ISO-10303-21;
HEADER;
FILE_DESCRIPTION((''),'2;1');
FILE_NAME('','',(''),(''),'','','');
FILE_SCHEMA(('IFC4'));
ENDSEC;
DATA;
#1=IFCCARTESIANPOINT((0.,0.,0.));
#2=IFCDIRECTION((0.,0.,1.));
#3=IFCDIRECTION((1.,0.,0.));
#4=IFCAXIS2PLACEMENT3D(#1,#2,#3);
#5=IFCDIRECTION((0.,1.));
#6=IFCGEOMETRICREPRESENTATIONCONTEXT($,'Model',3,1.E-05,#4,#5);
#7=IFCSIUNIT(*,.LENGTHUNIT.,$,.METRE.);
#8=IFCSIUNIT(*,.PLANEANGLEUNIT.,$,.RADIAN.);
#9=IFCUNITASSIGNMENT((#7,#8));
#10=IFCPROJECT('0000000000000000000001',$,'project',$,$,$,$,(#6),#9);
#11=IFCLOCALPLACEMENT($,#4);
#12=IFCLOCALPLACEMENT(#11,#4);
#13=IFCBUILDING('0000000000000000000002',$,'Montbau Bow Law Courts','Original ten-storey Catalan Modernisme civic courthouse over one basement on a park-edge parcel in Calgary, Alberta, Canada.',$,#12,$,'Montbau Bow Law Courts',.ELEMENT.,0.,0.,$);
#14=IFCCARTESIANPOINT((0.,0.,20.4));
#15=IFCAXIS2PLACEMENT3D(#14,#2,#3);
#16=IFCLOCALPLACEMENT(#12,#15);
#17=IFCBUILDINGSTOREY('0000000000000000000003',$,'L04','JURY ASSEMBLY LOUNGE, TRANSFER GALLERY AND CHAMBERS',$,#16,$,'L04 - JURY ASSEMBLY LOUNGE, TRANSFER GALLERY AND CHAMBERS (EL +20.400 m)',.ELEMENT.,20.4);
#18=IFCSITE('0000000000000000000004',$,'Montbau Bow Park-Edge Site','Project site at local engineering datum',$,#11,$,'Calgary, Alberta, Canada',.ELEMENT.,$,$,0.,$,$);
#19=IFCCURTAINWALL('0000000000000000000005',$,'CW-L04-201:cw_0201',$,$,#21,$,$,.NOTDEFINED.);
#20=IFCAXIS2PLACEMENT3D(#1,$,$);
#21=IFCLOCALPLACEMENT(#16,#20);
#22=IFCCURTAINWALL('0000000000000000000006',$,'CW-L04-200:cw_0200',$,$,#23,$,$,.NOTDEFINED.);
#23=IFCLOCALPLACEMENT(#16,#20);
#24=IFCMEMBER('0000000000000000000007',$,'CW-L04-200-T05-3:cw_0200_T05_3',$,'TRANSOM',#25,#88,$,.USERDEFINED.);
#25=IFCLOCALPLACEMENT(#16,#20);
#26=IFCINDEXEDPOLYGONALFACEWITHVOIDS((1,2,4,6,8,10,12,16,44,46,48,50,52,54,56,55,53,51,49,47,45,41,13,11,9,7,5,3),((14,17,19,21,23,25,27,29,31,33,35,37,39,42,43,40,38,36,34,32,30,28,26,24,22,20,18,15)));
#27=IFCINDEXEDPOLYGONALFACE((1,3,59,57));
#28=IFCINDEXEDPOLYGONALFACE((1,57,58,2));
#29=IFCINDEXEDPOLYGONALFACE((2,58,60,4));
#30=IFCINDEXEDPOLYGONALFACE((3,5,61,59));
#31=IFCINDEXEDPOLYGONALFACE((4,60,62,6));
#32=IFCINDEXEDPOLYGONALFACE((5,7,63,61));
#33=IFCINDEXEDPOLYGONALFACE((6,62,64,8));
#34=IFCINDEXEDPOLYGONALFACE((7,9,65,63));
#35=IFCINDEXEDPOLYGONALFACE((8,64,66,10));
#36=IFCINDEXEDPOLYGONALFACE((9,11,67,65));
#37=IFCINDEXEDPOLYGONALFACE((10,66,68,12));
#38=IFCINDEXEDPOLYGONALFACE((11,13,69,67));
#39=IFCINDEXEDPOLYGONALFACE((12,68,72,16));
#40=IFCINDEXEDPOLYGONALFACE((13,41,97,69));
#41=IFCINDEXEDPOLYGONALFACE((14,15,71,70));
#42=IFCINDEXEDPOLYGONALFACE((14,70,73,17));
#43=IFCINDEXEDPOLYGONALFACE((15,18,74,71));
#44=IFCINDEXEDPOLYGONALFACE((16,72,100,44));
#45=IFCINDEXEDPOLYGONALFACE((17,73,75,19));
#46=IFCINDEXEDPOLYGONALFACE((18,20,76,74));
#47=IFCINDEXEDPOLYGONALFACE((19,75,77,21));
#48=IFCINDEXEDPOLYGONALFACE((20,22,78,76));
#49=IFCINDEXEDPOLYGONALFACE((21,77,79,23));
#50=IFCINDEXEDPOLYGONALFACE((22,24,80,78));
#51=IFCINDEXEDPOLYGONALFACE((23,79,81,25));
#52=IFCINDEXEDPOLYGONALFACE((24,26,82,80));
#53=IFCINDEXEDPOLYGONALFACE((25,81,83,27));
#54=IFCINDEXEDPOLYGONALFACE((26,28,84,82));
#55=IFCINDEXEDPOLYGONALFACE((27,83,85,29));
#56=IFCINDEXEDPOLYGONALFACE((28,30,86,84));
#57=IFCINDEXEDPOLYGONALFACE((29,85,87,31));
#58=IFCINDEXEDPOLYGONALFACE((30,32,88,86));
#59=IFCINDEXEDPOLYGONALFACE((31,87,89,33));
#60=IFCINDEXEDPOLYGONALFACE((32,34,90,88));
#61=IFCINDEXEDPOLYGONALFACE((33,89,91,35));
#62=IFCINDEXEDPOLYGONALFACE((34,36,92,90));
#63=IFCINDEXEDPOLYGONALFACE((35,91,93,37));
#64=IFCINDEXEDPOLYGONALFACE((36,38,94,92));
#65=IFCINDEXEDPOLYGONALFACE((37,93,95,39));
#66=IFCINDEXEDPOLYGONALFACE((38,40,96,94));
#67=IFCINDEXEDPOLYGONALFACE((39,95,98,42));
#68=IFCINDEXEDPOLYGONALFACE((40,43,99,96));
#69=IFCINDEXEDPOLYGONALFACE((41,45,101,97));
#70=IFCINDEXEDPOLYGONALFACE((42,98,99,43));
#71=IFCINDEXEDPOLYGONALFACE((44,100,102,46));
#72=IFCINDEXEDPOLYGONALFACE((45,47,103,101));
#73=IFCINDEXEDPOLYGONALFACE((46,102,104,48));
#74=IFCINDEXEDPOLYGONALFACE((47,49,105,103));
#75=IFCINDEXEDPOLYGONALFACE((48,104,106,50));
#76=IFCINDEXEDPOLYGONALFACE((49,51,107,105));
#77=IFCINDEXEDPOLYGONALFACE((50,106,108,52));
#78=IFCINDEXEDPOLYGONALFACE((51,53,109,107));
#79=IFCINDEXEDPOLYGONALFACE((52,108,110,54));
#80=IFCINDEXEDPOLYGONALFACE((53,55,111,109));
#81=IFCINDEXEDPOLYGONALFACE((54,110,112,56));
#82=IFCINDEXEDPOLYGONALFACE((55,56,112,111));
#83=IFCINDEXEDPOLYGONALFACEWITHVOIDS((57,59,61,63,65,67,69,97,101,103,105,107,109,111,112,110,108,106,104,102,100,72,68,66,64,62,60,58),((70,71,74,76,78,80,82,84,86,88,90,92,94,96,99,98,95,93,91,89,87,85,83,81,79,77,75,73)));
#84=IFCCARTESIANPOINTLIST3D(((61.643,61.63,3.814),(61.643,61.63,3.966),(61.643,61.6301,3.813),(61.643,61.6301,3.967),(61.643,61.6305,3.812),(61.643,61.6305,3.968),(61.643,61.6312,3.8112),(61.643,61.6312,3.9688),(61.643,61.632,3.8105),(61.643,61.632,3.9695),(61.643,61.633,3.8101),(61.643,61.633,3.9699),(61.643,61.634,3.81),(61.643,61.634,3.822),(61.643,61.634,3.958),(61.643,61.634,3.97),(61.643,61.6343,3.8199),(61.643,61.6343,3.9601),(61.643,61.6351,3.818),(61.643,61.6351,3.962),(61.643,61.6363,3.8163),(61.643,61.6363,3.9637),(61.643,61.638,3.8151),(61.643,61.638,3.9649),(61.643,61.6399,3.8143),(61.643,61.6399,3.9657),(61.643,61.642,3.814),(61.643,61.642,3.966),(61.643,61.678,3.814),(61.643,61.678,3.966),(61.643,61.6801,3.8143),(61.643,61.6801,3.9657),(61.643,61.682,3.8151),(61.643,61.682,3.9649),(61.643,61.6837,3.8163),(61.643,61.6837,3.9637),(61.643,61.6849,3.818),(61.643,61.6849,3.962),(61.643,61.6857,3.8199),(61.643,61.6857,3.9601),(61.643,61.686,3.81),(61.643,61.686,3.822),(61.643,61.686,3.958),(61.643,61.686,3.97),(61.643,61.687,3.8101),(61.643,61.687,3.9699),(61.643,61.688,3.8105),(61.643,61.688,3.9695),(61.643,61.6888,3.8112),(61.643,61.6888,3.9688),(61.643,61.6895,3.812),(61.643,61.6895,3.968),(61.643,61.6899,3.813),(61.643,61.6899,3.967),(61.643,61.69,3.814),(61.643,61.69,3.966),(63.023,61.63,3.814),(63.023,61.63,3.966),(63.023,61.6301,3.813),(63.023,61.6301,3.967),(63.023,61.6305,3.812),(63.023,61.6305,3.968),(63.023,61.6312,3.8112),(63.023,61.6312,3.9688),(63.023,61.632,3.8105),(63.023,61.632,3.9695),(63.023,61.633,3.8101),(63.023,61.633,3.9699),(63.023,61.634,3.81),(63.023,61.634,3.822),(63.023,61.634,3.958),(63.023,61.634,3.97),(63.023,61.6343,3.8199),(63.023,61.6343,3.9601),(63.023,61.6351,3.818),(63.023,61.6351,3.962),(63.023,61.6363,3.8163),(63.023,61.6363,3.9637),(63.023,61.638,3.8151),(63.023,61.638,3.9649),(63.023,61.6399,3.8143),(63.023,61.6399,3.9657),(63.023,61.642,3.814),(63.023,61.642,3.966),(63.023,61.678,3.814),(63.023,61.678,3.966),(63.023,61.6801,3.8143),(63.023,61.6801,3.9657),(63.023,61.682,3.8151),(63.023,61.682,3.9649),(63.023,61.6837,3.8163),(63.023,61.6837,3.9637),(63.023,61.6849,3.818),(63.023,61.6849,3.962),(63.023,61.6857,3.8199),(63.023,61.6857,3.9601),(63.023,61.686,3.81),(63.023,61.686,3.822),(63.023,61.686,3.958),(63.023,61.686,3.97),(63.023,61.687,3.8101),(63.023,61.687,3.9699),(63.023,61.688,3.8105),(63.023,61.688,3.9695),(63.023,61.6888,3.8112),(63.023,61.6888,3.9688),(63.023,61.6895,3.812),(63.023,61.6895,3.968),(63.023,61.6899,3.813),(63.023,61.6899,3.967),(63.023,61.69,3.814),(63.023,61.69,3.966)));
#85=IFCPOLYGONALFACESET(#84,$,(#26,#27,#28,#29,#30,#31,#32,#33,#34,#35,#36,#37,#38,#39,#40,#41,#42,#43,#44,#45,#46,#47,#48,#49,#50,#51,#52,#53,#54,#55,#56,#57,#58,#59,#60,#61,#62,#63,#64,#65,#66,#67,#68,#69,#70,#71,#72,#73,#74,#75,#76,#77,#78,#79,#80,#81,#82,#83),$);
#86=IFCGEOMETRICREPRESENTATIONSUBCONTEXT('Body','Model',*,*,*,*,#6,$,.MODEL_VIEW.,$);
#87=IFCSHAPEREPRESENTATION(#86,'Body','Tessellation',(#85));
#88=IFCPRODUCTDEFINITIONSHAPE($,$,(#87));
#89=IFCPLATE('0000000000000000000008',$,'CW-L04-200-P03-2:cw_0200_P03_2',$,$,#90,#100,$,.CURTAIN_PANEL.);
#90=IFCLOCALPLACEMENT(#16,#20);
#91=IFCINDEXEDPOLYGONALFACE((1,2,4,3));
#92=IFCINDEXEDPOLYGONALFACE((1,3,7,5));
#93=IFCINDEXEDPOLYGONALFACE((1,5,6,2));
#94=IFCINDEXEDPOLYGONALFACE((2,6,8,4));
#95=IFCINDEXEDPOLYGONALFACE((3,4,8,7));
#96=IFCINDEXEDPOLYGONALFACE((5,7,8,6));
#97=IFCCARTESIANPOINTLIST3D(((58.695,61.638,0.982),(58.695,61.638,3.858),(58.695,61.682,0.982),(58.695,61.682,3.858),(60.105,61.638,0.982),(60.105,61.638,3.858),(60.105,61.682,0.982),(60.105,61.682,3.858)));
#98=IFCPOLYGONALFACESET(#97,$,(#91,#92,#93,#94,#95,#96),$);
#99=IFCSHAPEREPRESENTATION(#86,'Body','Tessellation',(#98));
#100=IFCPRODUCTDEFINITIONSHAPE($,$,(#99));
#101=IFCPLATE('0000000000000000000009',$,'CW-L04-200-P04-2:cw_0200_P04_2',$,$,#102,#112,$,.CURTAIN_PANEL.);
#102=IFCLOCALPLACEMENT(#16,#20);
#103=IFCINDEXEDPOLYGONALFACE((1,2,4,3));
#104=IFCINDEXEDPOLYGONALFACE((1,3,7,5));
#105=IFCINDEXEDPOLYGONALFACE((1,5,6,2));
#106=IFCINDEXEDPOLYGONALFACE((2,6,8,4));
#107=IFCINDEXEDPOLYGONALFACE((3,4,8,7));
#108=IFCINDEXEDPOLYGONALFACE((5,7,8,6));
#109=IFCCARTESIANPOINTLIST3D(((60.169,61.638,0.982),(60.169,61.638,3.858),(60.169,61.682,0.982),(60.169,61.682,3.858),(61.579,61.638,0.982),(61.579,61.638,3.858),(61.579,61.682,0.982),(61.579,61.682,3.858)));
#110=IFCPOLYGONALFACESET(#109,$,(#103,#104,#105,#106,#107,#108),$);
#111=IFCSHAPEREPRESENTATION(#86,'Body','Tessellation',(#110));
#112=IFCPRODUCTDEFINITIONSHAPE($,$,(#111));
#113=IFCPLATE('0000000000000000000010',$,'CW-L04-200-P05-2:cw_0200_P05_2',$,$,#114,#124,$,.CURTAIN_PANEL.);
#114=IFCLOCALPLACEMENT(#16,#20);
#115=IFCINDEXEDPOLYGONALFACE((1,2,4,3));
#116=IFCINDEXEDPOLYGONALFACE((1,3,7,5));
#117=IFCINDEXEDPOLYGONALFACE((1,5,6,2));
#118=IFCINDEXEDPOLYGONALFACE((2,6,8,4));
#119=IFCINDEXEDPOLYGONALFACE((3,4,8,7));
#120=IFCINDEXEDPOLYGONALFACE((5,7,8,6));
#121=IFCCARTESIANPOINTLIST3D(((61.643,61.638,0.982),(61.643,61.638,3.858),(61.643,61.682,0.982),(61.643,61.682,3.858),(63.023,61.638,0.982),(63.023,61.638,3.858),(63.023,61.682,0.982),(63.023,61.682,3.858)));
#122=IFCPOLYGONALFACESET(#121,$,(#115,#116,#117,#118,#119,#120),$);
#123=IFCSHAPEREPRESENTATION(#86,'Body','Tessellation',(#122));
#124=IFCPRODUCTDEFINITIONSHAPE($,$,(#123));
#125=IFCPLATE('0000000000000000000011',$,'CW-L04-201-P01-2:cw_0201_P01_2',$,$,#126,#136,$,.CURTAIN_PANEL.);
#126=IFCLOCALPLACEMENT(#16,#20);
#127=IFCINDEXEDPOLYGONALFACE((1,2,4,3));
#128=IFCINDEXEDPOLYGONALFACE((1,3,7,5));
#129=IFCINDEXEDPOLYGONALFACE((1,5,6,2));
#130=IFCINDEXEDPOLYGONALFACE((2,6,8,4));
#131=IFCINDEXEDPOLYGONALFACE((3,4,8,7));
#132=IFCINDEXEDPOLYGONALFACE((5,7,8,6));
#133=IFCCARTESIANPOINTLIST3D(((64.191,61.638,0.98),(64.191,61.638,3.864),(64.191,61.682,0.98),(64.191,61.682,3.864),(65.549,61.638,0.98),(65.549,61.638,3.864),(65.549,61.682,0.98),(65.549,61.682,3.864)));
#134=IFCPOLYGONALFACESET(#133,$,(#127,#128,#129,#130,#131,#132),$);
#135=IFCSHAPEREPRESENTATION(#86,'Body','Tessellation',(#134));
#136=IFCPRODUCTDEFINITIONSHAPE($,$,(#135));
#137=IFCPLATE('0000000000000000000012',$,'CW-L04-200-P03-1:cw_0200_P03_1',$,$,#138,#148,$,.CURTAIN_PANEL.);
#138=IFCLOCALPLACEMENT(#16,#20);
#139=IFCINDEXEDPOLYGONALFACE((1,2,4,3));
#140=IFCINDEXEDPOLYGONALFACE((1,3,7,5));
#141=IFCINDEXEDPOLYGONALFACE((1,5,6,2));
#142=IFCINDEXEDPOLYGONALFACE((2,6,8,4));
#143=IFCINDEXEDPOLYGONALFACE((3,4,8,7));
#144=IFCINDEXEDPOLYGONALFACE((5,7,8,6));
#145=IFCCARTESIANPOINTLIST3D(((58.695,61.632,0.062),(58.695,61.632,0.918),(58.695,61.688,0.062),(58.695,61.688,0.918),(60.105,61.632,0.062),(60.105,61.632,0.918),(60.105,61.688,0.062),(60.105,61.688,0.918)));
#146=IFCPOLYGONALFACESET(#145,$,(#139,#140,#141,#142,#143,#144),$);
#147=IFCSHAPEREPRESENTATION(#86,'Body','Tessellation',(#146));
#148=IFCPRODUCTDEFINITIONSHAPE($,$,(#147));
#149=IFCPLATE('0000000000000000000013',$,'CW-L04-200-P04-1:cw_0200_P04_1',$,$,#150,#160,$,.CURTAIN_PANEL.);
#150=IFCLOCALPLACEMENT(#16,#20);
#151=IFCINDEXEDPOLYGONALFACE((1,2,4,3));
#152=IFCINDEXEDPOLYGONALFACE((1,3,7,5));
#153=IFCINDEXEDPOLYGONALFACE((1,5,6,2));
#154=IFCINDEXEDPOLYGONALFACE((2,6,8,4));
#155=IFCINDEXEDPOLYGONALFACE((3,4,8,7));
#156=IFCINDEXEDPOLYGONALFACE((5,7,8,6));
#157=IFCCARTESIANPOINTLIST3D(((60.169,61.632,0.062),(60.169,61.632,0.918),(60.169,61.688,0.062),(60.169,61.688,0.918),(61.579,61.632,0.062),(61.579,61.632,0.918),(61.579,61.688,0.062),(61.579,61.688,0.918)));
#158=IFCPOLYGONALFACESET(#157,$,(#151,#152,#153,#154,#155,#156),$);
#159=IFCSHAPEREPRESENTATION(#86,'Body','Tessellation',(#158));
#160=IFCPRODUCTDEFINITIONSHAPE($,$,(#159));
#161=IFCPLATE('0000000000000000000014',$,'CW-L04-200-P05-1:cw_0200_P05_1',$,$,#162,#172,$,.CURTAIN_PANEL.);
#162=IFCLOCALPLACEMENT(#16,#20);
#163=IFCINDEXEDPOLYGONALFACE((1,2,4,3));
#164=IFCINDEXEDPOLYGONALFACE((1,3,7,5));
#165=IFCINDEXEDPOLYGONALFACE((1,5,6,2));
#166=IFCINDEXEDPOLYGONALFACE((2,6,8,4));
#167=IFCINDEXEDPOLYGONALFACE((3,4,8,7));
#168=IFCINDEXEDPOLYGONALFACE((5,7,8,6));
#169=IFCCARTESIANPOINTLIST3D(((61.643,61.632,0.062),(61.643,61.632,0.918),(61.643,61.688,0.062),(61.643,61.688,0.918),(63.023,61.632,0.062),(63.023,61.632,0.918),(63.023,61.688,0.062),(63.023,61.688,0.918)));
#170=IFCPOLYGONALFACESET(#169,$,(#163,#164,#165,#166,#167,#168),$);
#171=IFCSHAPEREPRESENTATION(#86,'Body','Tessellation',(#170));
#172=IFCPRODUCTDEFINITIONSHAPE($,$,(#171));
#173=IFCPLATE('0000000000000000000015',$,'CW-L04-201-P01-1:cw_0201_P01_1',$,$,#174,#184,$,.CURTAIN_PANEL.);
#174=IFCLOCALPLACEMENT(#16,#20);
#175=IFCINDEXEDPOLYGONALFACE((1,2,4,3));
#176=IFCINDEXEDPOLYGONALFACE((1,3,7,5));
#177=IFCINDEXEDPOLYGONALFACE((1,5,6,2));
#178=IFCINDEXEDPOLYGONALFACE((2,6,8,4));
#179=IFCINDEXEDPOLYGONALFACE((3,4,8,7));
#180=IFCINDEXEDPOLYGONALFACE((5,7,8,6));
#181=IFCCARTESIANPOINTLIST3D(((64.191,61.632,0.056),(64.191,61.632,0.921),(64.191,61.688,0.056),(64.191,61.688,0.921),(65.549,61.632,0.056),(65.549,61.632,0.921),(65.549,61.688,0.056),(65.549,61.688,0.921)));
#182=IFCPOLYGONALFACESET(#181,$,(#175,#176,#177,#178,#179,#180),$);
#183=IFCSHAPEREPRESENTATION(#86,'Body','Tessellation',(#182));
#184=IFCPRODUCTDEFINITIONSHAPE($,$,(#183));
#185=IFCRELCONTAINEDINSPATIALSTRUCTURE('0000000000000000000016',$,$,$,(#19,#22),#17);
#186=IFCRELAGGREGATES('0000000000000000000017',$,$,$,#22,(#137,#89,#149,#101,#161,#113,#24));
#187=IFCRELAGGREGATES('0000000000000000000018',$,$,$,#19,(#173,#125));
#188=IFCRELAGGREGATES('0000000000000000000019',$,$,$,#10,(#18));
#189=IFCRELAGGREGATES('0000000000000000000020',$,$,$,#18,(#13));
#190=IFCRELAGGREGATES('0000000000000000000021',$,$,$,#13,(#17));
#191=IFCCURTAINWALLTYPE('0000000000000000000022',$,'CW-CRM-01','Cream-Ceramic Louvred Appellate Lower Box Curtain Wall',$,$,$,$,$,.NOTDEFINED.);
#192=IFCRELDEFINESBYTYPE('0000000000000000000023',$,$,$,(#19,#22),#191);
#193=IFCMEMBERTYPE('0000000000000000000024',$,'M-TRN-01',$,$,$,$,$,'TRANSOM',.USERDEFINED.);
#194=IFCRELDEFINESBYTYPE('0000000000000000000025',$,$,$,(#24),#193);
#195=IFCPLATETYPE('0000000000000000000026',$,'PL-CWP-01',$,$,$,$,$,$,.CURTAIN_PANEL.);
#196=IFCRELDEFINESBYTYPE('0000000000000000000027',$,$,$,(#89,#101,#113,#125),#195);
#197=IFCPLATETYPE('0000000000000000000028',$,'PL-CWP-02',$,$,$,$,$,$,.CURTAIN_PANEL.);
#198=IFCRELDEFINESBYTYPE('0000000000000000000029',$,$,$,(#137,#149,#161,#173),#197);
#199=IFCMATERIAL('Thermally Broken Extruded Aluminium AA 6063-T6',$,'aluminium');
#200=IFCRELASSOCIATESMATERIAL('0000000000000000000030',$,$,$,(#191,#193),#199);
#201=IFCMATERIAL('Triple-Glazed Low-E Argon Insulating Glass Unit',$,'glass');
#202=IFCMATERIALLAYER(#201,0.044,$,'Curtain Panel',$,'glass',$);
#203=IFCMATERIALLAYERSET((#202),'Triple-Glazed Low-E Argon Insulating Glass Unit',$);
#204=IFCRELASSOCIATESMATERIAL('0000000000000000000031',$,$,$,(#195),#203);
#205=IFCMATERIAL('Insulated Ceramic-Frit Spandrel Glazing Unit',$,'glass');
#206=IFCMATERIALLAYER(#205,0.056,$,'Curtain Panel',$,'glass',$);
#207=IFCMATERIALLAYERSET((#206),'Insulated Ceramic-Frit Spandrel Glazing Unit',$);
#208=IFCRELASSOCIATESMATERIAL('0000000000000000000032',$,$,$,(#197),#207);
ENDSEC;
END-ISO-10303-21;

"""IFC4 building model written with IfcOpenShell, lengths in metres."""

from ifc_helpers import new_model, si_unit, direction, frame, frame_2d, origin_with_axes, origin_2d_with_axis, place, context, subcontext, project, spatial, rectangle, hollow_rectangle, extrude, material, layer, layer_set, material_profile, profile_set, type_object, element, aggregate, save


model = new_model("IFC4")

# Units and contexts
model_context = context("Model", 3, precision=1e-05, world=origin_with_axes(), true_north=direction((0.0, 1.0)))
body_context = subcontext(model_context, "Body", "Model", "MODEL_VIEW")
ifc_project = project(units=[si_unit("LENGTHUNIT", "METRE"), si_unit("PLANEANGLEUNIT", "RADIAN")], contexts=[model_context])

# Site, building, storey
site_placement = place(None, origin_with_axes())
site = spatial("IfcSite", under=ifc_project, at=site_placement, Name="Montbau Bow Park-Edge Site", Description="Project site at local engineering datum", LongName="Calgary, Alberta, Canada", CompositionType="ELEMENT", RefElevation=0.0)
building_placement = place(site_placement, origin_with_axes())
building = spatial("IfcBuilding", under=site, at=building_placement, Name="Montbau Bow Law Courts", Description="Original ten-storey Catalan Modernisme civic courthouse over one basement on a park-edge parcel in Calgary, Alberta, Canada.", LongName="Montbau Bow Law Courts", CompositionType="ELEMENT", ElevationOfRefHeight=0.0, ElevationOfTerrain=0.0)
storey_placement = place(building_placement, frame((0.0, 0.0, 20.4), z_axis=(0.0, 0.0, 1.0), x_axis=(1.0, 0.0, 0.0)))
storey = spatial("IfcBuildingStorey", under=building, at=storey_placement, Name="L04", Description="JURY ASSEMBLY LOUNGE, TRANSFER GALLERY AND CHAMBERS", LongName="L04 - JURY ASSEMBLY LOUNGE, TRANSFER GALLERY AND CHAMBERS (EL +20.400 m)", CompositionType="ELEMENT", Elevation=20.4)

# Curtain wall
ifc_material_1 = material(Name="Thermally Broken Extruded Aluminium AA 6063-T6", Category="aluminium")
curtain_wall_type = type_object("IfcCurtainWallType", Name="CW-CRM-01", Description="Cream-Ceramic Louvred Appellate Lower Box Curtain Wall", PredefinedType="NOTDEFINED", material=ifc_material_1)
curtain_wall_1_placement = place(None, frame((64.115, 61.66, 20.4), z_axis=(0.0, 0.0, 1.0), x_axis=(1.0, 0.0, 0.0)))
curtain_wall_1 = element("IfcCurtainWall", 1, at=curtain_wall_1_placement, inside=storey, type_object=curtain_wall_type, Name="CW-L04-201:cw_0201", PredefinedType="NOTDEFINED")

# Curtain wall, member, plates
curtain_wall_2_placement = place(None, frame((55.715, 61.66, 20.4), z_axis=(0.0, 0.0, 1.0), x_axis=(1.0, 0.0, 0.0)))
curtain_wall_2 = element("IfcCurtainWall", 2, at=curtain_wall_2_placement, inside=storey, type_object=curtain_wall_type, Name="CW-L04-200:cw_0200", PredefinedType="NOTDEFINED")
ifc_material_profile_1 = material_profile(ifc_material_1, hollow_rectangle(XDim=0.06, YDim=0.16, WallThickness=0.004, InnerFilletRadius=0.008, OuterFilletRadius=0.004, at=origin_2d_with_axis()), Name="CWT-160X60", Category="Main", Priority=0)
ifc_profile_set_1 = profile_set([ifc_material_profile_1], Name="Thermally Broken Extruded Aluminium AA 6063-T6")
member_type_1 = type_object("IfcMemberType", Name="M-TRN-01", ElementType="TRANSOM", PredefinedType="USERDEFINED", material=ifc_profile_set_1)
member_1_placement = place(None, frame((61.643, 61.66, 24.29), z_axis=(1.0, 0.0, 0.0), x_axis=(0.0, 1.0, 0.0)))
member_1 = element("IfcMember", 3, at=member_1_placement, type_object=member_type_1, Name="CW-L04-200-T05-3:cw_0200_T05_3", ObjectType="TRANSOM", PredefinedType="USERDEFINED", context=body_context, shape_type="SweptSolid", body=[
    extrude(hollow_rectangle(XDim=0.06, YDim=0.16, WallThickness=0.004, InnerFilletRadius=0.008, OuterFilletRadius=0.004, at=origin_2d_with_axis()), origin_with_axes(), (0.0, 0.0, 1.0), 1.38),
])
ifc_material_2 = material(Name="Triple-Glazed Low-E Argon Insulating Glass Unit", Category="glass")
ifc_layer_1 = layer(ifc_material_2, 0.044, Name="Curtain Panel", Category="glass")
ifc_layer_set_1 = layer_set([ifc_layer_1], Name="Triple-Glazed Low-E Argon Insulating Glass Unit")
plate_type_1 = type_object("IfcPlateType", Name="PL-CWP-01", PredefinedType="CURTAIN_PANEL", material=ifc_layer_set_1)
plate_1_placement = place(None, frame((58.695, 61.66, 21.382), z_axis=(0.0, -1.0, 0.0), x_axis=(1.0, 0.0, 0.0)))
plate_1 = element("IfcPlate", 4, at=plate_1_placement, type_object=plate_type_1, Name="CW-L04-200-P03-2:cw_0200_P03_2", PredefinedType="CURTAIN_PANEL", context=body_context, shape_type="SweptSolid", body=[
    extrude(rectangle(XDim=1.41, YDim=2.876, at=frame_2d((0.705, 1.438), x_axis=(1.0, 0.0))), frame((0.0, 0.0, -0.022), z_axis=(0.0, 0.0, 1.0), x_axis=(1.0, 0.0, 0.0)), (0.0, 0.0, 1.0), 0.044),
])
plate_2_placement = place(None, frame((60.169, 61.66, 21.382), z_axis=(0.0, -1.0, 0.0), x_axis=(1.0, 0.0, 0.0)))
plate_2 = element("IfcPlate", 5, at=plate_2_placement, type_object=plate_type_1, Name="CW-L04-200-P04-2:cw_0200_P04_2", PredefinedType="CURTAIN_PANEL", context=body_context, shape_type="SweptSolid", body=[
    extrude(rectangle(XDim=1.41, YDim=2.876, at=frame_2d((0.705, 1.438), x_axis=(1.0, 0.0))), frame((0.0, 0.0, -0.022), z_axis=(0.0, 0.0, 1.0), x_axis=(1.0, 0.0, 0.0)), (0.0, 0.0, 1.0), 0.044),
])
plate_3_placement = place(None, frame((61.643, 61.66, 21.382), z_axis=(0.0, -1.0, 0.0), x_axis=(1.0, 0.0, 0.0)))
plate_3 = element("IfcPlate", 6, at=plate_3_placement, type_object=plate_type_1, Name="CW-L04-200-P05-2:cw_0200_P05_2", PredefinedType="CURTAIN_PANEL", context=body_context, shape_type="SweptSolid", body=[
    extrude(rectangle(XDim=1.38, YDim=2.876, at=frame_2d((0.69, 1.438), x_axis=(1.0, 0.0))), frame((0.0, 0.0, -0.022), z_axis=(0.0, 0.0, 1.0), x_axis=(1.0, 0.0, 0.0)), (0.0, 0.0, 1.0), 0.044),
])

# Plates
plate_4_placement = place(None, frame((64.191, 61.66, 21.38), z_axis=(0.0, -1.0, 0.0), x_axis=(1.0, 0.0, 0.0)))
plate_4 = element("IfcPlate", 7, at=plate_4_placement, type_object=plate_type_1, Name="CW-L04-201-P01-2:cw_0201_P01_2", PredefinedType="CURTAIN_PANEL", context=body_context, shape_type="SweptSolid", body=[
    extrude(rectangle(XDim=1.358, YDim=2.884, at=frame_2d((0.679, 1.442), x_axis=(1.0, 0.0))), frame((0.0, 0.0, -0.022), z_axis=(0.0, 0.0, 1.0), x_axis=(1.0, 0.0, 0.0)), (0.0, 0.0, 1.0), 0.044),
])
ifc_material_3 = material(Name="Insulated Ceramic-Frit Spandrel Glazing Unit", Category="glass")
ifc_layer_2 = layer(ifc_material_3, 0.056, Name="Curtain Panel", Category="glass")
ifc_layer_set_2 = layer_set([ifc_layer_2], Name="Insulated Ceramic-Frit Spandrel Glazing Unit")
plate_type_2 = type_object("IfcPlateType", Name="PL-CWP-02", PredefinedType="CURTAIN_PANEL", material=ifc_layer_set_2)
plate_5_placement = place(None, frame((58.695, 61.66, 20.462), z_axis=(0.0, -1.0, 0.0), x_axis=(1.0, 0.0, 0.0)))
plate_5 = element("IfcPlate", 8, at=plate_5_placement, type_object=plate_type_2, Name="CW-L04-200-P03-1:cw_0200_P03_1", PredefinedType="CURTAIN_PANEL", context=body_context, shape_type="SweptSolid", body=[
    extrude(rectangle(XDim=1.41, YDim=0.856, at=frame_2d((0.705, 0.428), x_axis=(1.0, 0.0))), frame((0.0, 0.0, -0.028), z_axis=(0.0, 0.0, 1.0), x_axis=(1.0, 0.0, 0.0)), (0.0, 0.0, 1.0), 0.056),
])
plate_6_placement = place(None, frame((60.169, 61.66, 20.462), z_axis=(0.0, -1.0, 0.0), x_axis=(1.0, 0.0, 0.0)))
plate_6 = element("IfcPlate", 9, at=plate_6_placement, type_object=plate_type_2, Name="CW-L04-200-P04-1:cw_0200_P04_1", PredefinedType="CURTAIN_PANEL", context=body_context, shape_type="SweptSolid", body=[
    extrude(rectangle(XDim=1.41, YDim=0.856, at=frame_2d((0.705, 0.428), x_axis=(1.0, 0.0))), frame((0.0, 0.0, -0.028), z_axis=(0.0, 0.0, 1.0), x_axis=(1.0, 0.0, 0.0)), (0.0, 0.0, 1.0), 0.056),
])
plate_7_placement = place(None, frame((61.643, 61.66, 20.462), z_axis=(0.0, -1.0, 0.0), x_axis=(1.0, 0.0, 0.0)))
plate_7 = element("IfcPlate", 10, at=plate_7_placement, type_object=plate_type_2, Name="CW-L04-200-P05-1:cw_0200_P05_1", PredefinedType="CURTAIN_PANEL", context=body_context, shape_type="SweptSolid", body=[
    extrude(rectangle(XDim=1.38, YDim=0.856, at=frame_2d((0.69, 0.428), x_axis=(1.0, 0.0))), frame((0.0, 0.0, -0.028), z_axis=(0.0, 0.0, 1.0), x_axis=(1.0, 0.0, 0.0)), (0.0, 0.0, 1.0), 0.056),
])
aggregate(curtain_wall_2, [plate_5, plate_1, plate_6, plate_2, plate_7, plate_3, member_1])
plate_8_placement = place(None, frame((64.191, 61.66, 20.456), z_axis=(0.0, -1.0, 0.0), x_axis=(1.0, 0.0, 0.0)))
plate_8 = element("IfcPlate", 11, at=plate_8_placement, type_object=plate_type_2, Name="CW-L04-201-P01-1:cw_0201_P01_1", PredefinedType="CURTAIN_PANEL", context=body_context, shape_type="SweptSolid", body=[
    extrude(rectangle(XDim=1.358, YDim=0.865, at=frame_2d((0.679, 0.4325), x_axis=(1.0, 0.0))), frame((0.0, 0.0, -0.028), z_axis=(0.0, 0.0, 1.0), x_axis=(1.0, 0.0, 0.0)), (0.0, 0.0, 1.0), 0.056),
])
aggregate(curtain_wall_1, [plate_8, plate_4])

save(model, "model.ifc")
